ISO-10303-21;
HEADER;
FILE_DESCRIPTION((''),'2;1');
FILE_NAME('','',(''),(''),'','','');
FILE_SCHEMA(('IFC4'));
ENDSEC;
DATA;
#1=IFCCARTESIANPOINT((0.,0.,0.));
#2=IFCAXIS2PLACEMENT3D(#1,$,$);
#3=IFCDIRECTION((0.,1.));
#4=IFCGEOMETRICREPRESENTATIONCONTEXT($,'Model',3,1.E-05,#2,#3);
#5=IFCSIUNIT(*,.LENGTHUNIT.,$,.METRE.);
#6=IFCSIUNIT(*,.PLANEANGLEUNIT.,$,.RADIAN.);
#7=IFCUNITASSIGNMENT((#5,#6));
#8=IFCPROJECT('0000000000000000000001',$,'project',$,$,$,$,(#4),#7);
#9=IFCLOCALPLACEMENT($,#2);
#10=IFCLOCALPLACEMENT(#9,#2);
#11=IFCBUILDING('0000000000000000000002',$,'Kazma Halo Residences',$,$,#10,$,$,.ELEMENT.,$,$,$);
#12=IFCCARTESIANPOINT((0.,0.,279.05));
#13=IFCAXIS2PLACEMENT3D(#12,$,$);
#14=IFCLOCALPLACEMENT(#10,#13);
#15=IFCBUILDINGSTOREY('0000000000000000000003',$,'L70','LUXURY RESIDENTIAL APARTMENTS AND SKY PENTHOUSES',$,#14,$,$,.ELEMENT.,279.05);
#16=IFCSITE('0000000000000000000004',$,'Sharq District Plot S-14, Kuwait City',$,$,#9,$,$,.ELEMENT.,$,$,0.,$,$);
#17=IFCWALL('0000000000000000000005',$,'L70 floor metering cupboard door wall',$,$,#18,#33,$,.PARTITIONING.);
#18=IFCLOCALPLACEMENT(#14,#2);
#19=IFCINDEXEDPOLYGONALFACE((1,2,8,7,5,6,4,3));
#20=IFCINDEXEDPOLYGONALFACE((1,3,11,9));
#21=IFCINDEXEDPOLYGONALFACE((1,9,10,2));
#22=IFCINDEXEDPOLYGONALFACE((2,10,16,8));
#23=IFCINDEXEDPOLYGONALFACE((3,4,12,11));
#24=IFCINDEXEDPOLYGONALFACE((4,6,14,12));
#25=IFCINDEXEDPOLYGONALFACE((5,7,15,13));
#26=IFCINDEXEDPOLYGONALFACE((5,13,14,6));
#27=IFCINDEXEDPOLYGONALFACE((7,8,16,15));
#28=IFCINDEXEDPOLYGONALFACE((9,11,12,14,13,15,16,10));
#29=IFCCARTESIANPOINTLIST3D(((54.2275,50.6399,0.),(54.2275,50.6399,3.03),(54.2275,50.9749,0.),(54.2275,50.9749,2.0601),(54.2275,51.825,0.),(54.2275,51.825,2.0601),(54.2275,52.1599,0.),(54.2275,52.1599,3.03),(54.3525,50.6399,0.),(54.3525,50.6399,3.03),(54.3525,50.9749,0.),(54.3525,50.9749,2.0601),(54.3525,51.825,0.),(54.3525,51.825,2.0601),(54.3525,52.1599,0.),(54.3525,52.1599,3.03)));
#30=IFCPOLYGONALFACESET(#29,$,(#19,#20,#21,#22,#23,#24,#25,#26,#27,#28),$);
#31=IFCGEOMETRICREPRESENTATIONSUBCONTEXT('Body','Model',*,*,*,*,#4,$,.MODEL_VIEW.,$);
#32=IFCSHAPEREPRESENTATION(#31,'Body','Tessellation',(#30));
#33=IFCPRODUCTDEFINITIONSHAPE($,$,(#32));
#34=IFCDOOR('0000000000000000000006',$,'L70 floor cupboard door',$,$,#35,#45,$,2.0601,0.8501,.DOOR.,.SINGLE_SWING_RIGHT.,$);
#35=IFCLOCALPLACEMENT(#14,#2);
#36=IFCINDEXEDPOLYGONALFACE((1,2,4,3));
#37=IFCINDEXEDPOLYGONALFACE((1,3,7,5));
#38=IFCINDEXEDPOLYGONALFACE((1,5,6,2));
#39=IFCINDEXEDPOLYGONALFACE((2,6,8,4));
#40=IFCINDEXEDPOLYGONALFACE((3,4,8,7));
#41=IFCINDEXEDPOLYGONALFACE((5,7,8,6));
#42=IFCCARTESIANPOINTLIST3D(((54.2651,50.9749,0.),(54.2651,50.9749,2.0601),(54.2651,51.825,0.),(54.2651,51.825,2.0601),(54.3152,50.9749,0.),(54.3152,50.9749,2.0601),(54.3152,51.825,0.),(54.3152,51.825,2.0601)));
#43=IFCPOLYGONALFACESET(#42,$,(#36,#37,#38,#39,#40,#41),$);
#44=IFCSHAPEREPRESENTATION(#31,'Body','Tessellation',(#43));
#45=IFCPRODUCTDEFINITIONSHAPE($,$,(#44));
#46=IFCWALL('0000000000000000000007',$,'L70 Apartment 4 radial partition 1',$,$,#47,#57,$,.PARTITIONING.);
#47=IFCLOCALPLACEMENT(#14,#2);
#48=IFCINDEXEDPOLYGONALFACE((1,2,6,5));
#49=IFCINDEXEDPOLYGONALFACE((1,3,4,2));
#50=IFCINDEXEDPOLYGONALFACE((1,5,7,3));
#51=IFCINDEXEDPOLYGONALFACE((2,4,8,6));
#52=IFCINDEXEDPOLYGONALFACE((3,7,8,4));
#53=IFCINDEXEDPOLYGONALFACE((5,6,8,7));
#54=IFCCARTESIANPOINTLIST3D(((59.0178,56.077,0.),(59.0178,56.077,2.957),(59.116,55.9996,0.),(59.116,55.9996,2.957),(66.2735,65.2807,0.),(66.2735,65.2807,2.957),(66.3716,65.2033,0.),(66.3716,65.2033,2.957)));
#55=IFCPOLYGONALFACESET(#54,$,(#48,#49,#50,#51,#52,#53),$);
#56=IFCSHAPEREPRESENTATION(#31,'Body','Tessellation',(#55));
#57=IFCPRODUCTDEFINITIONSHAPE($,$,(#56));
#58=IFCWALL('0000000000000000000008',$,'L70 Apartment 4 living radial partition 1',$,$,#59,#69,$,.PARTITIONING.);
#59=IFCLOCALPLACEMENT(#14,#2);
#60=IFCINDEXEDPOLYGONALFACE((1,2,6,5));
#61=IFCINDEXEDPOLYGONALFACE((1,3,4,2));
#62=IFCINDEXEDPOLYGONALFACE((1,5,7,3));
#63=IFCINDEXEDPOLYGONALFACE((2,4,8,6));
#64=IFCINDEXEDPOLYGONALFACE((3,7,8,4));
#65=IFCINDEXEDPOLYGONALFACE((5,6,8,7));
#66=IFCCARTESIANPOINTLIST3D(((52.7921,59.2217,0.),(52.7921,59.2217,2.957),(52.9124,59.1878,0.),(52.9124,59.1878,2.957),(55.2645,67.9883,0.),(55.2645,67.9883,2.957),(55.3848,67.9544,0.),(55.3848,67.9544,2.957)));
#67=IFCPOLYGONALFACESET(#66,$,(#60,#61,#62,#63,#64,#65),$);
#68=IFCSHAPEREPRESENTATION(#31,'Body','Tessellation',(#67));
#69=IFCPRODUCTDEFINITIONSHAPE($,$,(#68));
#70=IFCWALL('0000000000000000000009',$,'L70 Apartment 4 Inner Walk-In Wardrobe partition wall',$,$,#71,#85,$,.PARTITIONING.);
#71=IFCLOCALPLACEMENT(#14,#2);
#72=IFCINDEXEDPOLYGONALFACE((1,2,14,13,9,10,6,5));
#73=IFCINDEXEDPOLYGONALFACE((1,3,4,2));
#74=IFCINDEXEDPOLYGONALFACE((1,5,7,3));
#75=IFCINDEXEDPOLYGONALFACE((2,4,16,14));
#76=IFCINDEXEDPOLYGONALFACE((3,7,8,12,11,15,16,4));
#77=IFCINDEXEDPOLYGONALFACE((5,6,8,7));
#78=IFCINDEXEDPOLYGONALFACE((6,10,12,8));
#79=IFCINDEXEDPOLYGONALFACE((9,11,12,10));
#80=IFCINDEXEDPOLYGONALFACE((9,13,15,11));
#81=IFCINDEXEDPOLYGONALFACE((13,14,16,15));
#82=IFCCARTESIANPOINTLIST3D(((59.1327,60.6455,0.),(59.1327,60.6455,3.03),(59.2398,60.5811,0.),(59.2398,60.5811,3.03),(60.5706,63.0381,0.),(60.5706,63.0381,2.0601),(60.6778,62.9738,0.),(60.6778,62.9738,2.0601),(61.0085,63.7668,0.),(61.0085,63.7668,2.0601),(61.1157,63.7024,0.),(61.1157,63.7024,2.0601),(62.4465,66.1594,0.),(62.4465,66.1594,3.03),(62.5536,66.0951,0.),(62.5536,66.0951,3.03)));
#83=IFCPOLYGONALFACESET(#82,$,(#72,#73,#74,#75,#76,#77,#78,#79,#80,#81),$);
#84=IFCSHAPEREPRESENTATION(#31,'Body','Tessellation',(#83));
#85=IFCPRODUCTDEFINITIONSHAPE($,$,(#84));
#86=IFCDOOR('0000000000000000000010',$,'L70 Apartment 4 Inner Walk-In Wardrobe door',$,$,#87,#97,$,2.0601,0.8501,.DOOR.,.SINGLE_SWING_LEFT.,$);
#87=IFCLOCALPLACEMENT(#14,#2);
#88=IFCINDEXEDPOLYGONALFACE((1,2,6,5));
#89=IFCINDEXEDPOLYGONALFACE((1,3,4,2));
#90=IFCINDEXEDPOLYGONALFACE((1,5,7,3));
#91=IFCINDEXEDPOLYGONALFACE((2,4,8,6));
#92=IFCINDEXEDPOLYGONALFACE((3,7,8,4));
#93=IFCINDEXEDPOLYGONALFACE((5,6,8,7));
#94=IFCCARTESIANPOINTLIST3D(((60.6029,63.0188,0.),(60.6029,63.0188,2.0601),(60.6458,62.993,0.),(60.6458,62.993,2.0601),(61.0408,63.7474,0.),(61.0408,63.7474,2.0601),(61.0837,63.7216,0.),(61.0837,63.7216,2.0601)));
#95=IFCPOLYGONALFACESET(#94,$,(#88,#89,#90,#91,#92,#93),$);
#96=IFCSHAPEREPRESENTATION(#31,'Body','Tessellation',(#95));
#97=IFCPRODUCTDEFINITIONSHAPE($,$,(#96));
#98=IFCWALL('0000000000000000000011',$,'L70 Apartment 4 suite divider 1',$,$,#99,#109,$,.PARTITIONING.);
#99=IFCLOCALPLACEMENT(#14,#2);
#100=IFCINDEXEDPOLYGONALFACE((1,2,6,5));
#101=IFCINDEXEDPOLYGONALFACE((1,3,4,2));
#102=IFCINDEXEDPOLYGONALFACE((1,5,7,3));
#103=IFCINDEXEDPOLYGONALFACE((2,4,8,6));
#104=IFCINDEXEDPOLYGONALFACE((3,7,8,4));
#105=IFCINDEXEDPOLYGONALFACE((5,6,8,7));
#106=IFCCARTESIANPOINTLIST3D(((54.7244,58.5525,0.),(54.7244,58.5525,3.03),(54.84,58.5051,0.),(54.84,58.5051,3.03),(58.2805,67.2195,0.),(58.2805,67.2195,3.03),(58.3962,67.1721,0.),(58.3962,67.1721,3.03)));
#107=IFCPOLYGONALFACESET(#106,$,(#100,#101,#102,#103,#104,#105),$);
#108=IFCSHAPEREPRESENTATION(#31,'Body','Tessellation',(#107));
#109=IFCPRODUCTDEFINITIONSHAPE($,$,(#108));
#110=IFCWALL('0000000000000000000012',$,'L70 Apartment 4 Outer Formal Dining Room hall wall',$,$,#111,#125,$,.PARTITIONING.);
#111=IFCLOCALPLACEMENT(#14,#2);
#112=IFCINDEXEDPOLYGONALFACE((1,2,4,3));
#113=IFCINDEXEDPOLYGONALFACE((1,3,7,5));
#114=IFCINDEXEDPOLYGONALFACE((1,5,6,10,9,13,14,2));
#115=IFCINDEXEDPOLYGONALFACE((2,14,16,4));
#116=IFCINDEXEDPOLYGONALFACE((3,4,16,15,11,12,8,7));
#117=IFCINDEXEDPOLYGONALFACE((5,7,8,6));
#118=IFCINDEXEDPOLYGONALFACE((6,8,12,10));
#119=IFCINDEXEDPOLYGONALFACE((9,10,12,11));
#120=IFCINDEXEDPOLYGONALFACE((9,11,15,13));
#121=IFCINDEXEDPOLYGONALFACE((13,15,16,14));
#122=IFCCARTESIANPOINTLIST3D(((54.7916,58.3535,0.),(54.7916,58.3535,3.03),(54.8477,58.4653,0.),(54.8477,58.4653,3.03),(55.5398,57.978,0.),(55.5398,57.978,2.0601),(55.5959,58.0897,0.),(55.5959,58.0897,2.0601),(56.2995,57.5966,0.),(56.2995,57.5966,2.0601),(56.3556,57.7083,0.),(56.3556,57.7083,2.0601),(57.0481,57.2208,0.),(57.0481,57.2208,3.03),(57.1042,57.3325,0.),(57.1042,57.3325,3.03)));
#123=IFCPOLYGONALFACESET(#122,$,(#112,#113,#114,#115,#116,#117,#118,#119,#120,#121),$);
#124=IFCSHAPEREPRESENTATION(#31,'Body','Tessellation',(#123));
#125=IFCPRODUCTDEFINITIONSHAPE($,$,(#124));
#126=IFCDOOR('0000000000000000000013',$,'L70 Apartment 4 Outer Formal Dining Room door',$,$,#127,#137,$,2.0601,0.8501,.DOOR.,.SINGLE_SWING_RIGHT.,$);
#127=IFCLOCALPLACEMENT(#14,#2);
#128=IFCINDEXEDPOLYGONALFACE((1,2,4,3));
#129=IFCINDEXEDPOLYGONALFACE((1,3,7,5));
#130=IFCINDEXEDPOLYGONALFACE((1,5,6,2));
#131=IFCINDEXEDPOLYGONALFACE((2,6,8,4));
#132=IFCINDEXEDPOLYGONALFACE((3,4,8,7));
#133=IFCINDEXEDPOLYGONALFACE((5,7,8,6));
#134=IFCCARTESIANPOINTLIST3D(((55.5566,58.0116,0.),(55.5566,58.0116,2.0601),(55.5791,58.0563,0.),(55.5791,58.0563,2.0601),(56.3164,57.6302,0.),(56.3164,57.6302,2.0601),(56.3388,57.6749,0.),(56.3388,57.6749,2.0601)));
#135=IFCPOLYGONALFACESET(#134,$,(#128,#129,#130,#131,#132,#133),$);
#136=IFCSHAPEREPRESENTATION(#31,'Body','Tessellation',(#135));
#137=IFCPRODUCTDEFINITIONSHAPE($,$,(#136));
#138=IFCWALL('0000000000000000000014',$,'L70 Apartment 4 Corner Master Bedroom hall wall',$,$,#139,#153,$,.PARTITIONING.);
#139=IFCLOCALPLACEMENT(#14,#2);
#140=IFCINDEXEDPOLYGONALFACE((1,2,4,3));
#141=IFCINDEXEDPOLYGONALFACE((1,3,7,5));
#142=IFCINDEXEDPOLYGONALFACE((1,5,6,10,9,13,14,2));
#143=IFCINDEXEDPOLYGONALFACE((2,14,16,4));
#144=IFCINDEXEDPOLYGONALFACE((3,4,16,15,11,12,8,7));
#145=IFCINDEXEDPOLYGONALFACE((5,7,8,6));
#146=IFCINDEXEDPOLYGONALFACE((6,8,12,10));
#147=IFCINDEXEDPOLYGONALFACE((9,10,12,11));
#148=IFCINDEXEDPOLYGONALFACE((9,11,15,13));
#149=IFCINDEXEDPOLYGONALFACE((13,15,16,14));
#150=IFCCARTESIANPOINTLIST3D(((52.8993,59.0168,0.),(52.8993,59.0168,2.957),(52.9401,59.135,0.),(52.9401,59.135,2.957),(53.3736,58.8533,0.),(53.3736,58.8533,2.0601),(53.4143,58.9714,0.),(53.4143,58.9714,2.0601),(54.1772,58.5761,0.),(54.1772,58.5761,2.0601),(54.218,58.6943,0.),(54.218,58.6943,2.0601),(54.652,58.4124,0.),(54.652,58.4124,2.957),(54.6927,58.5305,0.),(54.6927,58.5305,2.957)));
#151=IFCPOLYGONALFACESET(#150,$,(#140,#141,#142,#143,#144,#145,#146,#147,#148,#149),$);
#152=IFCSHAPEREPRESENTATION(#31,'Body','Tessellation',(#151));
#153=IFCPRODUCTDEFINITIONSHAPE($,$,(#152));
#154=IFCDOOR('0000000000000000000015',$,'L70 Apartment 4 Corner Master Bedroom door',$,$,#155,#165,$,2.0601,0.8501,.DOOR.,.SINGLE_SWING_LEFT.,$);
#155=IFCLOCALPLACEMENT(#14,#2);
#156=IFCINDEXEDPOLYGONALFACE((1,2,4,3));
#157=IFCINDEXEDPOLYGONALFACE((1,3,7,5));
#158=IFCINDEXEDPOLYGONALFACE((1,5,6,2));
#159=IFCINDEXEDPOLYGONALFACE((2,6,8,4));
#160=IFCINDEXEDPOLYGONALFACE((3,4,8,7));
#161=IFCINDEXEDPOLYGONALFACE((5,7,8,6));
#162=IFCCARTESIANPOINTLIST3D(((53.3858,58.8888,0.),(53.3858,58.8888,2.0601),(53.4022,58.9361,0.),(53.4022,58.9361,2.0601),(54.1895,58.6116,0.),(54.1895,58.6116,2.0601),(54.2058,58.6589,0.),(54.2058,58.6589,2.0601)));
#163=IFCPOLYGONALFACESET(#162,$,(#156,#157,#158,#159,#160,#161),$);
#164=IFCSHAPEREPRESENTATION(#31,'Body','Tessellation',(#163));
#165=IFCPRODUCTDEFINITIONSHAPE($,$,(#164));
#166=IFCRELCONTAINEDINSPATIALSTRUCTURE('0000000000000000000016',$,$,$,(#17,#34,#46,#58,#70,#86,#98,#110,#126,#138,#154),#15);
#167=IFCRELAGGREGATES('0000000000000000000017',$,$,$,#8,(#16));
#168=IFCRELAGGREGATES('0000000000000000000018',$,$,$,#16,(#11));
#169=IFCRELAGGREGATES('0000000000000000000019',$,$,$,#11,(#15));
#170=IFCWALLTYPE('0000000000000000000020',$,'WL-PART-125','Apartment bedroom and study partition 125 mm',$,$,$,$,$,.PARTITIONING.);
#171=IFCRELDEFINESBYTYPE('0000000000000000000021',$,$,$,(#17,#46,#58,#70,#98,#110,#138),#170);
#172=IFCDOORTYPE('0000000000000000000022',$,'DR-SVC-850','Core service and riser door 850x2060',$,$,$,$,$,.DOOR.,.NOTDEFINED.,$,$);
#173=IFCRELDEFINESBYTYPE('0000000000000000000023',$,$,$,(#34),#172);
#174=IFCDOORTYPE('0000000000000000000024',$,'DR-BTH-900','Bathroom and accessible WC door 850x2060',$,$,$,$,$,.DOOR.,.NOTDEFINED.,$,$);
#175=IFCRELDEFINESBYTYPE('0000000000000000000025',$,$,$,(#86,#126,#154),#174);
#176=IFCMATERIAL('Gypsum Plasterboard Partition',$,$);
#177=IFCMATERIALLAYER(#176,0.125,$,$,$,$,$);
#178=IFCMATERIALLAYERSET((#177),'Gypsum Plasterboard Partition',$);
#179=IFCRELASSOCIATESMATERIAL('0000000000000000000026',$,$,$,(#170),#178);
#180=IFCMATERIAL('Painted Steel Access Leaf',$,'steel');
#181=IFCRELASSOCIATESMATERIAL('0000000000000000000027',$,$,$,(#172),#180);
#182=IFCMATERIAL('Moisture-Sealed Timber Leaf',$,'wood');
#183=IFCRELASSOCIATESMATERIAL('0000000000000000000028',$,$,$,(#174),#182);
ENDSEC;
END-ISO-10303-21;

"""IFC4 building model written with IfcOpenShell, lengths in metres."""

from ifc_helpers import new_model, si_unit, direction, frame, frame_2d, origin, place, context, subcontext, project, spatial, rectangle, extrude, material, layer, layer_set, type_object, element, fill, save


model = new_model("IFC4")

# Units and contexts
model_context = context("Model", 3, precision=1e-05, world=origin(), true_north=direction((0.0, 1.0)))
body_context = subcontext(model_context, "Body", "Model", "MODEL_VIEW")
ifc_project = project(units=[si_unit("LENGTHUNIT", "METRE"), si_unit("PLANEANGLEUNIT", "RADIAN")], contexts=[model_context])

# Site, building, storey
site_placement = place(None, origin())
site = spatial("IfcSite", under=ifc_project, at=site_placement, Name="Sharq District Plot S-14, Kuwait City", CompositionType="ELEMENT", RefElevation=0.0)
building_placement = place(site_placement, origin())
building = spatial("IfcBuilding", under=site, at=building_placement, Name="Kazma Halo Residences", CompositionType="ELEMENT")
storey_placement = place(building_placement, frame((0.0, 0.0, 279.05)))
storey = spatial("IfcBuildingStorey", under=building, at=storey_placement, Name="L70", Description="LUXURY RESIDENTIAL APARTMENTS AND SKY PENTHOUSES", CompositionType="ELEMENT", Elevation=279.05)

# Wall, opening, door
ifc_material_1 = material(Name="Gypsum Plasterboard Partition")
ifc_layer_1 = layer(ifc_material_1, 0.125)
ifc_layer_set_1 = layer_set([ifc_layer_1], Name="Gypsum Plasterboard Partition")
wall_type_1 = type_object("IfcWallType", Name="WL-PART-125", Description="Apartment bedroom and study partition 125 mm", PredefinedType="PARTITIONING", material=ifc_layer_set_1)
wall_1_placement = place(storey_placement, frame((54.29, 50.6399, 0.0), z_axis=(0.0, 0.0, 1.0), x_axis=(0.0, 1.0, 0.0)))
wall_1 = element("IfcWall", 1, at=wall_1_placement, inside=storey, type_object=wall_type_1, Name="L70 floor metering cupboard door wall", PredefinedType="PARTITIONING", context=body_context, shape_type="SweptSolid", body=[
    extrude(rectangle(XDim=1.52, YDim=0.125, at=frame_2d((0.76, 0.0))), origin(), (0.0, 0.0, 1.0), 3.03),
])
opening_1_placement = place(wall_1_placement, frame((0.335, 0.0, 0.0)))
opening_1 = element("IfcOpeningElement", 2, at=opening_1_placement, cuts=wall_1, PredefinedType="OPENING", context=body_context, shape_type="SweptSolid", body=[
    extrude(rectangle(XDim=0.8501, YDim=2.0601, at=frame_2d((0.425, 1.03))), frame((0.0, 0.0725, 0.0), z_axis=(0.0, -1.0, 0.0), x_axis=(1.0, 0.0, 0.0)), (0.0, 0.0, 1.0), 0.145),
])
ifc_material_2 = material(Name="Painted Steel Access Leaf", Category="steel")
door_type_1 = type_object("IfcDoorType", Name="DR-SVC-850", Description="Core service and riser door 850x2060", OperationType="NOTDEFINED", PredefinedType="DOOR", material=ifc_material_2)
door_1_placement = place(opening_1_placement, origin())
door_1 = element("IfcDoor", 3, at=door_1_placement, inside=storey, type_object=door_type_1, Name="L70 floor cupboard door", OperationType="SINGLE_SWING_RIGHT", OverallHeight=2.0601, OverallWidth=0.8501, PredefinedType="DOOR", context=body_context, shape_type="SweptSolid", body=[
    extrude(rectangle(XDim=0.8501, YDim=2.0601, at=frame_2d((0.425, 1.03))), frame((0.0, 0.0249, 0.0), z_axis=(0.0, -1.0, 0.0), x_axis=(1.0, 0.0, 0.0)), (0.0, 0.0, 1.0), 0.05),
])
fill(opening_1, door_1)

# Walls
wall_2_placement = place(storey_placement, frame((59.0669, 56.0383, 0.0), z_axis=(0.0, 0.0, 1.0), x_axis=(0.619098, 0.785314, 0.0)))
element("IfcWall", 4, at=wall_2_placement, inside=storey, type_object=wall_type_1, Name="L70 Apartment 4 radial partition 1", PredefinedType="PARTITIONING", context=body_context, shape_type="SweptSolid", body=[
    extrude(rectangle(XDim=11.7197, YDim=0.125, at=frame_2d((5.8599, 0.0))), origin(), (0.0, 0.0, 1.0), 2.957),
])
wall_3_placement = place(storey_placement, frame((52.8523, 59.2048, 0.0), z_axis=(0.0, 0.0, 1.0), x_axis=(0.271438, 0.962456, 0.0)))
element("IfcWall", 5, at=wall_3_placement, inside=storey, type_object=wall_type_1, Name="L70 Apartment 4 living radial partition 1", PredefinedType="PARTITIONING", context=body_context, shape_type="SweptSolid", body=[
    extrude(rectangle(XDim=9.1086, YDim=0.125, at=frame_2d((4.5542, 0.0))), origin(), (0.0, 0.0, 1.0), 2.957),
])

# Wall, opening, door
wall_4_placement = place(storey_placement, frame((59.1863, 60.6133, 0.0), z_axis=(0.0, 0.0, 1.0), x_axis=(0.51511, 0.857124, 0.0)))
wall_4 = element("IfcWall", 6, at=wall_4_placement, inside=storey, type_object=wall_type_1, Name="L70 Apartment 4 Inner Walk-In Wardrobe partition wall", PredefinedType="PARTITIONING", context=body_context, shape_type="SweptSolid", body=[
    extrude(rectangle(XDim=6.4331, YDim=0.125, at=frame_2d((3.2166, 0.0))), origin(), (0.0, 0.0, 1.0), 3.03),
])
opening_2_placement = place(wall_4_placement, frame((2.7915, 0.0, 0.0)))
opening_2 = element("IfcOpeningElement", 7, at=opening_2_placement, cuts=wall_4, PredefinedType="OPENING", context=body_context, shape_type="SweptSolid", body=[
    extrude(rectangle(XDim=0.8501, YDim=2.0601, at=frame_2d((0.425, 1.03))), frame((0.0, 0.0725, 0.0), z_axis=(0.0, -1.0, 0.0), x_axis=(1.0, 0.0, 0.0)), (0.0, 0.0, 1.0), 0.145),
])
ifc_material_3 = material(Name="Moisture-Sealed Timber Leaf", Category="wood")
door_type_2 = type_object("IfcDoorType", Name="DR-BTH-900", Description="Bathroom and accessible WC door 850x2060", OperationType="NOTDEFINED", PredefinedType="DOOR", material=ifc_material_3)
door_2_placement = place(opening_2_placement, origin())
door_2 = element("IfcDoor", 8, at=door_2_placement, inside=storey, type_object=door_type_2, Name="L70 Apartment 4 Inner Walk-In Wardrobe door", OperationType="SINGLE_SWING_LEFT", OverallHeight=2.0601, OverallWidth=0.8501, PredefinedType="DOOR", context=body_context, shape_type="SweptSolid", body=[
    extrude(rectangle(XDim=0.8501, YDim=2.0601, at=frame_2d((0.425, 1.03))), frame((0.0, 0.0249, 0.0), z_axis=(0.0, -1.0, 0.0), x_axis=(1.0, 0.0, 0.0)), (0.0, 0.0, 1.0), 0.05),
])
fill(opening_2, door_2)

# Wall
wall_5_placement = place(storey_placement, frame((54.7822, 58.5288, 0.0), z_axis=(0.0, 0.0, 1.0), x_axis=(0.379599, 0.925151, 0.0)))
element("IfcWall", 9, at=wall_5_placement, inside=storey, type_object=wall_type_1, Name="L70 Apartment 4 suite divider 1", PredefinedType="PARTITIONING", context=body_context, shape_type="SweptSolid", body=[
    extrude(rectangle(XDim=9.3682, YDim=0.125, at=frame_2d((4.6841, 0.0))), origin(), (0.0, 0.0, 1.0), 3.03),
])

# Walls, openings, doors
wall_6_placement = place(storey_placement, frame((57.0762, 57.2766, 0.0), z_axis=(0.0, 0.0, 1.0), x_axis=(-0.893711, 0.448644, 0.0)))
wall_6 = element("IfcWall", 10, at=wall_6_placement, inside=storey, type_object=wall_type_1, Name="L70 Apartment 4 Outer Formal Dining Room hall wall", PredefinedType="PARTITIONING", context=body_context, shape_type="SweptSolid", body=[
    extrude(rectangle(XDim=2.5249, YDim=0.125, at=frame_2d((1.2625, 0.0))), origin(), (0.0, 0.0, 1.0), 3.03),
])
opening_3_placement = place(wall_6_placement, frame((0.8376, 0.0, 0.0)))
opening_3 = element("IfcOpeningElement", 11, at=opening_3_placement, cuts=wall_6, PredefinedType="OPENING", context=body_context, shape_type="SweptSolid", body=[
    extrude(rectangle(XDim=0.8501, YDim=2.0601, at=frame_2d((0.425, 1.03))), frame((0.0, 0.0725, 0.0), z_axis=(0.0, -1.0, 0.0), x_axis=(1.0, 0.0, 0.0)), (0.0, 0.0, 1.0), 0.145),
])
door_3_placement = place(opening_3_placement, origin())
door_3 = element("IfcDoor", 12, at=door_3_placement, inside=storey, type_object=door_type_2, Name="L70 Apartment 4 Outer Formal Dining Room door", OperationType="SINGLE_SWING_RIGHT", OverallHeight=2.0601, OverallWidth=0.8501, PredefinedType="DOOR", context=body_context, shape_type="SweptSolid", body=[
    extrude(rectangle(XDim=0.8501, YDim=2.0601, at=frame_2d((0.425, 1.03))), frame((0.0, 0.0249, 0.0), z_axis=(0.0, -1.0, 0.0), x_axis=(1.0, 0.0, 0.0)), (0.0, 0.0, 1.0), 0.05),
])
fill(opening_3, door_3)
wall_7_placement = place(storey_placement, frame((54.6724, 58.4714, 0.0), z_axis=(0.0, 0.0, 1.0), x_axis=(-0.945353, 0.326047, 0.0)))
wall_7 = element("IfcWall", 13, at=wall_7_placement, inside=storey, type_object=wall_type_1, Name="L70 Apartment 4 Corner Master Bedroom hall wall", PredefinedType="PARTITIONING", context=body_context, shape_type="SweptSolid", body=[
    extrude(rectangle(XDim=1.854, YDim=0.125, at=frame_2d((0.927, 0.0))), origin(), (0.0, 0.0, 1.0), 2.957),
])
opening_4_placement = place(wall_7_placement, frame((0.5022, 0.0, 0.0)))
opening_4 = element("IfcOpeningElement", 14, at=opening_4_placement, cuts=wall_7, PredefinedType="OPENING", context=body_context, shape_type="SweptSolid", body=[
    extrude(rectangle(XDim=0.8501, YDim=2.0601, at=frame_2d((0.425, 1.03))), frame((0.0, 0.0725, 0.0), z_axis=(0.0, -1.0, 0.0), x_axis=(1.0, 0.0, 0.0)), (0.0, 0.0, 1.0), 0.145),
])
door_4_placement = place(opening_4_placement, origin())
door_4 = element("IfcDoor", 15, at=door_4_placement, inside=storey, type_object=door_type_2, Name="L70 Apartment 4 Corner Master Bedroom door", OperationType="SINGLE_SWING_LEFT", OverallHeight=2.0601, OverallWidth=0.8501, PredefinedType="DOOR", context=body_context, shape_type="SweptSolid", body=[
    extrude(rectangle(XDim=0.8501, YDim=2.0601, at=frame_2d((0.425, 1.03))), frame((0.0, 0.0249, 0.0), z_axis=(0.0, -1.0, 0.0), x_axis=(1.0, 0.0, 0.0)), (0.0, 0.0, 1.0), 0.05),
])
fill(opening_4, door_4)

save(model, "model.ifc")
